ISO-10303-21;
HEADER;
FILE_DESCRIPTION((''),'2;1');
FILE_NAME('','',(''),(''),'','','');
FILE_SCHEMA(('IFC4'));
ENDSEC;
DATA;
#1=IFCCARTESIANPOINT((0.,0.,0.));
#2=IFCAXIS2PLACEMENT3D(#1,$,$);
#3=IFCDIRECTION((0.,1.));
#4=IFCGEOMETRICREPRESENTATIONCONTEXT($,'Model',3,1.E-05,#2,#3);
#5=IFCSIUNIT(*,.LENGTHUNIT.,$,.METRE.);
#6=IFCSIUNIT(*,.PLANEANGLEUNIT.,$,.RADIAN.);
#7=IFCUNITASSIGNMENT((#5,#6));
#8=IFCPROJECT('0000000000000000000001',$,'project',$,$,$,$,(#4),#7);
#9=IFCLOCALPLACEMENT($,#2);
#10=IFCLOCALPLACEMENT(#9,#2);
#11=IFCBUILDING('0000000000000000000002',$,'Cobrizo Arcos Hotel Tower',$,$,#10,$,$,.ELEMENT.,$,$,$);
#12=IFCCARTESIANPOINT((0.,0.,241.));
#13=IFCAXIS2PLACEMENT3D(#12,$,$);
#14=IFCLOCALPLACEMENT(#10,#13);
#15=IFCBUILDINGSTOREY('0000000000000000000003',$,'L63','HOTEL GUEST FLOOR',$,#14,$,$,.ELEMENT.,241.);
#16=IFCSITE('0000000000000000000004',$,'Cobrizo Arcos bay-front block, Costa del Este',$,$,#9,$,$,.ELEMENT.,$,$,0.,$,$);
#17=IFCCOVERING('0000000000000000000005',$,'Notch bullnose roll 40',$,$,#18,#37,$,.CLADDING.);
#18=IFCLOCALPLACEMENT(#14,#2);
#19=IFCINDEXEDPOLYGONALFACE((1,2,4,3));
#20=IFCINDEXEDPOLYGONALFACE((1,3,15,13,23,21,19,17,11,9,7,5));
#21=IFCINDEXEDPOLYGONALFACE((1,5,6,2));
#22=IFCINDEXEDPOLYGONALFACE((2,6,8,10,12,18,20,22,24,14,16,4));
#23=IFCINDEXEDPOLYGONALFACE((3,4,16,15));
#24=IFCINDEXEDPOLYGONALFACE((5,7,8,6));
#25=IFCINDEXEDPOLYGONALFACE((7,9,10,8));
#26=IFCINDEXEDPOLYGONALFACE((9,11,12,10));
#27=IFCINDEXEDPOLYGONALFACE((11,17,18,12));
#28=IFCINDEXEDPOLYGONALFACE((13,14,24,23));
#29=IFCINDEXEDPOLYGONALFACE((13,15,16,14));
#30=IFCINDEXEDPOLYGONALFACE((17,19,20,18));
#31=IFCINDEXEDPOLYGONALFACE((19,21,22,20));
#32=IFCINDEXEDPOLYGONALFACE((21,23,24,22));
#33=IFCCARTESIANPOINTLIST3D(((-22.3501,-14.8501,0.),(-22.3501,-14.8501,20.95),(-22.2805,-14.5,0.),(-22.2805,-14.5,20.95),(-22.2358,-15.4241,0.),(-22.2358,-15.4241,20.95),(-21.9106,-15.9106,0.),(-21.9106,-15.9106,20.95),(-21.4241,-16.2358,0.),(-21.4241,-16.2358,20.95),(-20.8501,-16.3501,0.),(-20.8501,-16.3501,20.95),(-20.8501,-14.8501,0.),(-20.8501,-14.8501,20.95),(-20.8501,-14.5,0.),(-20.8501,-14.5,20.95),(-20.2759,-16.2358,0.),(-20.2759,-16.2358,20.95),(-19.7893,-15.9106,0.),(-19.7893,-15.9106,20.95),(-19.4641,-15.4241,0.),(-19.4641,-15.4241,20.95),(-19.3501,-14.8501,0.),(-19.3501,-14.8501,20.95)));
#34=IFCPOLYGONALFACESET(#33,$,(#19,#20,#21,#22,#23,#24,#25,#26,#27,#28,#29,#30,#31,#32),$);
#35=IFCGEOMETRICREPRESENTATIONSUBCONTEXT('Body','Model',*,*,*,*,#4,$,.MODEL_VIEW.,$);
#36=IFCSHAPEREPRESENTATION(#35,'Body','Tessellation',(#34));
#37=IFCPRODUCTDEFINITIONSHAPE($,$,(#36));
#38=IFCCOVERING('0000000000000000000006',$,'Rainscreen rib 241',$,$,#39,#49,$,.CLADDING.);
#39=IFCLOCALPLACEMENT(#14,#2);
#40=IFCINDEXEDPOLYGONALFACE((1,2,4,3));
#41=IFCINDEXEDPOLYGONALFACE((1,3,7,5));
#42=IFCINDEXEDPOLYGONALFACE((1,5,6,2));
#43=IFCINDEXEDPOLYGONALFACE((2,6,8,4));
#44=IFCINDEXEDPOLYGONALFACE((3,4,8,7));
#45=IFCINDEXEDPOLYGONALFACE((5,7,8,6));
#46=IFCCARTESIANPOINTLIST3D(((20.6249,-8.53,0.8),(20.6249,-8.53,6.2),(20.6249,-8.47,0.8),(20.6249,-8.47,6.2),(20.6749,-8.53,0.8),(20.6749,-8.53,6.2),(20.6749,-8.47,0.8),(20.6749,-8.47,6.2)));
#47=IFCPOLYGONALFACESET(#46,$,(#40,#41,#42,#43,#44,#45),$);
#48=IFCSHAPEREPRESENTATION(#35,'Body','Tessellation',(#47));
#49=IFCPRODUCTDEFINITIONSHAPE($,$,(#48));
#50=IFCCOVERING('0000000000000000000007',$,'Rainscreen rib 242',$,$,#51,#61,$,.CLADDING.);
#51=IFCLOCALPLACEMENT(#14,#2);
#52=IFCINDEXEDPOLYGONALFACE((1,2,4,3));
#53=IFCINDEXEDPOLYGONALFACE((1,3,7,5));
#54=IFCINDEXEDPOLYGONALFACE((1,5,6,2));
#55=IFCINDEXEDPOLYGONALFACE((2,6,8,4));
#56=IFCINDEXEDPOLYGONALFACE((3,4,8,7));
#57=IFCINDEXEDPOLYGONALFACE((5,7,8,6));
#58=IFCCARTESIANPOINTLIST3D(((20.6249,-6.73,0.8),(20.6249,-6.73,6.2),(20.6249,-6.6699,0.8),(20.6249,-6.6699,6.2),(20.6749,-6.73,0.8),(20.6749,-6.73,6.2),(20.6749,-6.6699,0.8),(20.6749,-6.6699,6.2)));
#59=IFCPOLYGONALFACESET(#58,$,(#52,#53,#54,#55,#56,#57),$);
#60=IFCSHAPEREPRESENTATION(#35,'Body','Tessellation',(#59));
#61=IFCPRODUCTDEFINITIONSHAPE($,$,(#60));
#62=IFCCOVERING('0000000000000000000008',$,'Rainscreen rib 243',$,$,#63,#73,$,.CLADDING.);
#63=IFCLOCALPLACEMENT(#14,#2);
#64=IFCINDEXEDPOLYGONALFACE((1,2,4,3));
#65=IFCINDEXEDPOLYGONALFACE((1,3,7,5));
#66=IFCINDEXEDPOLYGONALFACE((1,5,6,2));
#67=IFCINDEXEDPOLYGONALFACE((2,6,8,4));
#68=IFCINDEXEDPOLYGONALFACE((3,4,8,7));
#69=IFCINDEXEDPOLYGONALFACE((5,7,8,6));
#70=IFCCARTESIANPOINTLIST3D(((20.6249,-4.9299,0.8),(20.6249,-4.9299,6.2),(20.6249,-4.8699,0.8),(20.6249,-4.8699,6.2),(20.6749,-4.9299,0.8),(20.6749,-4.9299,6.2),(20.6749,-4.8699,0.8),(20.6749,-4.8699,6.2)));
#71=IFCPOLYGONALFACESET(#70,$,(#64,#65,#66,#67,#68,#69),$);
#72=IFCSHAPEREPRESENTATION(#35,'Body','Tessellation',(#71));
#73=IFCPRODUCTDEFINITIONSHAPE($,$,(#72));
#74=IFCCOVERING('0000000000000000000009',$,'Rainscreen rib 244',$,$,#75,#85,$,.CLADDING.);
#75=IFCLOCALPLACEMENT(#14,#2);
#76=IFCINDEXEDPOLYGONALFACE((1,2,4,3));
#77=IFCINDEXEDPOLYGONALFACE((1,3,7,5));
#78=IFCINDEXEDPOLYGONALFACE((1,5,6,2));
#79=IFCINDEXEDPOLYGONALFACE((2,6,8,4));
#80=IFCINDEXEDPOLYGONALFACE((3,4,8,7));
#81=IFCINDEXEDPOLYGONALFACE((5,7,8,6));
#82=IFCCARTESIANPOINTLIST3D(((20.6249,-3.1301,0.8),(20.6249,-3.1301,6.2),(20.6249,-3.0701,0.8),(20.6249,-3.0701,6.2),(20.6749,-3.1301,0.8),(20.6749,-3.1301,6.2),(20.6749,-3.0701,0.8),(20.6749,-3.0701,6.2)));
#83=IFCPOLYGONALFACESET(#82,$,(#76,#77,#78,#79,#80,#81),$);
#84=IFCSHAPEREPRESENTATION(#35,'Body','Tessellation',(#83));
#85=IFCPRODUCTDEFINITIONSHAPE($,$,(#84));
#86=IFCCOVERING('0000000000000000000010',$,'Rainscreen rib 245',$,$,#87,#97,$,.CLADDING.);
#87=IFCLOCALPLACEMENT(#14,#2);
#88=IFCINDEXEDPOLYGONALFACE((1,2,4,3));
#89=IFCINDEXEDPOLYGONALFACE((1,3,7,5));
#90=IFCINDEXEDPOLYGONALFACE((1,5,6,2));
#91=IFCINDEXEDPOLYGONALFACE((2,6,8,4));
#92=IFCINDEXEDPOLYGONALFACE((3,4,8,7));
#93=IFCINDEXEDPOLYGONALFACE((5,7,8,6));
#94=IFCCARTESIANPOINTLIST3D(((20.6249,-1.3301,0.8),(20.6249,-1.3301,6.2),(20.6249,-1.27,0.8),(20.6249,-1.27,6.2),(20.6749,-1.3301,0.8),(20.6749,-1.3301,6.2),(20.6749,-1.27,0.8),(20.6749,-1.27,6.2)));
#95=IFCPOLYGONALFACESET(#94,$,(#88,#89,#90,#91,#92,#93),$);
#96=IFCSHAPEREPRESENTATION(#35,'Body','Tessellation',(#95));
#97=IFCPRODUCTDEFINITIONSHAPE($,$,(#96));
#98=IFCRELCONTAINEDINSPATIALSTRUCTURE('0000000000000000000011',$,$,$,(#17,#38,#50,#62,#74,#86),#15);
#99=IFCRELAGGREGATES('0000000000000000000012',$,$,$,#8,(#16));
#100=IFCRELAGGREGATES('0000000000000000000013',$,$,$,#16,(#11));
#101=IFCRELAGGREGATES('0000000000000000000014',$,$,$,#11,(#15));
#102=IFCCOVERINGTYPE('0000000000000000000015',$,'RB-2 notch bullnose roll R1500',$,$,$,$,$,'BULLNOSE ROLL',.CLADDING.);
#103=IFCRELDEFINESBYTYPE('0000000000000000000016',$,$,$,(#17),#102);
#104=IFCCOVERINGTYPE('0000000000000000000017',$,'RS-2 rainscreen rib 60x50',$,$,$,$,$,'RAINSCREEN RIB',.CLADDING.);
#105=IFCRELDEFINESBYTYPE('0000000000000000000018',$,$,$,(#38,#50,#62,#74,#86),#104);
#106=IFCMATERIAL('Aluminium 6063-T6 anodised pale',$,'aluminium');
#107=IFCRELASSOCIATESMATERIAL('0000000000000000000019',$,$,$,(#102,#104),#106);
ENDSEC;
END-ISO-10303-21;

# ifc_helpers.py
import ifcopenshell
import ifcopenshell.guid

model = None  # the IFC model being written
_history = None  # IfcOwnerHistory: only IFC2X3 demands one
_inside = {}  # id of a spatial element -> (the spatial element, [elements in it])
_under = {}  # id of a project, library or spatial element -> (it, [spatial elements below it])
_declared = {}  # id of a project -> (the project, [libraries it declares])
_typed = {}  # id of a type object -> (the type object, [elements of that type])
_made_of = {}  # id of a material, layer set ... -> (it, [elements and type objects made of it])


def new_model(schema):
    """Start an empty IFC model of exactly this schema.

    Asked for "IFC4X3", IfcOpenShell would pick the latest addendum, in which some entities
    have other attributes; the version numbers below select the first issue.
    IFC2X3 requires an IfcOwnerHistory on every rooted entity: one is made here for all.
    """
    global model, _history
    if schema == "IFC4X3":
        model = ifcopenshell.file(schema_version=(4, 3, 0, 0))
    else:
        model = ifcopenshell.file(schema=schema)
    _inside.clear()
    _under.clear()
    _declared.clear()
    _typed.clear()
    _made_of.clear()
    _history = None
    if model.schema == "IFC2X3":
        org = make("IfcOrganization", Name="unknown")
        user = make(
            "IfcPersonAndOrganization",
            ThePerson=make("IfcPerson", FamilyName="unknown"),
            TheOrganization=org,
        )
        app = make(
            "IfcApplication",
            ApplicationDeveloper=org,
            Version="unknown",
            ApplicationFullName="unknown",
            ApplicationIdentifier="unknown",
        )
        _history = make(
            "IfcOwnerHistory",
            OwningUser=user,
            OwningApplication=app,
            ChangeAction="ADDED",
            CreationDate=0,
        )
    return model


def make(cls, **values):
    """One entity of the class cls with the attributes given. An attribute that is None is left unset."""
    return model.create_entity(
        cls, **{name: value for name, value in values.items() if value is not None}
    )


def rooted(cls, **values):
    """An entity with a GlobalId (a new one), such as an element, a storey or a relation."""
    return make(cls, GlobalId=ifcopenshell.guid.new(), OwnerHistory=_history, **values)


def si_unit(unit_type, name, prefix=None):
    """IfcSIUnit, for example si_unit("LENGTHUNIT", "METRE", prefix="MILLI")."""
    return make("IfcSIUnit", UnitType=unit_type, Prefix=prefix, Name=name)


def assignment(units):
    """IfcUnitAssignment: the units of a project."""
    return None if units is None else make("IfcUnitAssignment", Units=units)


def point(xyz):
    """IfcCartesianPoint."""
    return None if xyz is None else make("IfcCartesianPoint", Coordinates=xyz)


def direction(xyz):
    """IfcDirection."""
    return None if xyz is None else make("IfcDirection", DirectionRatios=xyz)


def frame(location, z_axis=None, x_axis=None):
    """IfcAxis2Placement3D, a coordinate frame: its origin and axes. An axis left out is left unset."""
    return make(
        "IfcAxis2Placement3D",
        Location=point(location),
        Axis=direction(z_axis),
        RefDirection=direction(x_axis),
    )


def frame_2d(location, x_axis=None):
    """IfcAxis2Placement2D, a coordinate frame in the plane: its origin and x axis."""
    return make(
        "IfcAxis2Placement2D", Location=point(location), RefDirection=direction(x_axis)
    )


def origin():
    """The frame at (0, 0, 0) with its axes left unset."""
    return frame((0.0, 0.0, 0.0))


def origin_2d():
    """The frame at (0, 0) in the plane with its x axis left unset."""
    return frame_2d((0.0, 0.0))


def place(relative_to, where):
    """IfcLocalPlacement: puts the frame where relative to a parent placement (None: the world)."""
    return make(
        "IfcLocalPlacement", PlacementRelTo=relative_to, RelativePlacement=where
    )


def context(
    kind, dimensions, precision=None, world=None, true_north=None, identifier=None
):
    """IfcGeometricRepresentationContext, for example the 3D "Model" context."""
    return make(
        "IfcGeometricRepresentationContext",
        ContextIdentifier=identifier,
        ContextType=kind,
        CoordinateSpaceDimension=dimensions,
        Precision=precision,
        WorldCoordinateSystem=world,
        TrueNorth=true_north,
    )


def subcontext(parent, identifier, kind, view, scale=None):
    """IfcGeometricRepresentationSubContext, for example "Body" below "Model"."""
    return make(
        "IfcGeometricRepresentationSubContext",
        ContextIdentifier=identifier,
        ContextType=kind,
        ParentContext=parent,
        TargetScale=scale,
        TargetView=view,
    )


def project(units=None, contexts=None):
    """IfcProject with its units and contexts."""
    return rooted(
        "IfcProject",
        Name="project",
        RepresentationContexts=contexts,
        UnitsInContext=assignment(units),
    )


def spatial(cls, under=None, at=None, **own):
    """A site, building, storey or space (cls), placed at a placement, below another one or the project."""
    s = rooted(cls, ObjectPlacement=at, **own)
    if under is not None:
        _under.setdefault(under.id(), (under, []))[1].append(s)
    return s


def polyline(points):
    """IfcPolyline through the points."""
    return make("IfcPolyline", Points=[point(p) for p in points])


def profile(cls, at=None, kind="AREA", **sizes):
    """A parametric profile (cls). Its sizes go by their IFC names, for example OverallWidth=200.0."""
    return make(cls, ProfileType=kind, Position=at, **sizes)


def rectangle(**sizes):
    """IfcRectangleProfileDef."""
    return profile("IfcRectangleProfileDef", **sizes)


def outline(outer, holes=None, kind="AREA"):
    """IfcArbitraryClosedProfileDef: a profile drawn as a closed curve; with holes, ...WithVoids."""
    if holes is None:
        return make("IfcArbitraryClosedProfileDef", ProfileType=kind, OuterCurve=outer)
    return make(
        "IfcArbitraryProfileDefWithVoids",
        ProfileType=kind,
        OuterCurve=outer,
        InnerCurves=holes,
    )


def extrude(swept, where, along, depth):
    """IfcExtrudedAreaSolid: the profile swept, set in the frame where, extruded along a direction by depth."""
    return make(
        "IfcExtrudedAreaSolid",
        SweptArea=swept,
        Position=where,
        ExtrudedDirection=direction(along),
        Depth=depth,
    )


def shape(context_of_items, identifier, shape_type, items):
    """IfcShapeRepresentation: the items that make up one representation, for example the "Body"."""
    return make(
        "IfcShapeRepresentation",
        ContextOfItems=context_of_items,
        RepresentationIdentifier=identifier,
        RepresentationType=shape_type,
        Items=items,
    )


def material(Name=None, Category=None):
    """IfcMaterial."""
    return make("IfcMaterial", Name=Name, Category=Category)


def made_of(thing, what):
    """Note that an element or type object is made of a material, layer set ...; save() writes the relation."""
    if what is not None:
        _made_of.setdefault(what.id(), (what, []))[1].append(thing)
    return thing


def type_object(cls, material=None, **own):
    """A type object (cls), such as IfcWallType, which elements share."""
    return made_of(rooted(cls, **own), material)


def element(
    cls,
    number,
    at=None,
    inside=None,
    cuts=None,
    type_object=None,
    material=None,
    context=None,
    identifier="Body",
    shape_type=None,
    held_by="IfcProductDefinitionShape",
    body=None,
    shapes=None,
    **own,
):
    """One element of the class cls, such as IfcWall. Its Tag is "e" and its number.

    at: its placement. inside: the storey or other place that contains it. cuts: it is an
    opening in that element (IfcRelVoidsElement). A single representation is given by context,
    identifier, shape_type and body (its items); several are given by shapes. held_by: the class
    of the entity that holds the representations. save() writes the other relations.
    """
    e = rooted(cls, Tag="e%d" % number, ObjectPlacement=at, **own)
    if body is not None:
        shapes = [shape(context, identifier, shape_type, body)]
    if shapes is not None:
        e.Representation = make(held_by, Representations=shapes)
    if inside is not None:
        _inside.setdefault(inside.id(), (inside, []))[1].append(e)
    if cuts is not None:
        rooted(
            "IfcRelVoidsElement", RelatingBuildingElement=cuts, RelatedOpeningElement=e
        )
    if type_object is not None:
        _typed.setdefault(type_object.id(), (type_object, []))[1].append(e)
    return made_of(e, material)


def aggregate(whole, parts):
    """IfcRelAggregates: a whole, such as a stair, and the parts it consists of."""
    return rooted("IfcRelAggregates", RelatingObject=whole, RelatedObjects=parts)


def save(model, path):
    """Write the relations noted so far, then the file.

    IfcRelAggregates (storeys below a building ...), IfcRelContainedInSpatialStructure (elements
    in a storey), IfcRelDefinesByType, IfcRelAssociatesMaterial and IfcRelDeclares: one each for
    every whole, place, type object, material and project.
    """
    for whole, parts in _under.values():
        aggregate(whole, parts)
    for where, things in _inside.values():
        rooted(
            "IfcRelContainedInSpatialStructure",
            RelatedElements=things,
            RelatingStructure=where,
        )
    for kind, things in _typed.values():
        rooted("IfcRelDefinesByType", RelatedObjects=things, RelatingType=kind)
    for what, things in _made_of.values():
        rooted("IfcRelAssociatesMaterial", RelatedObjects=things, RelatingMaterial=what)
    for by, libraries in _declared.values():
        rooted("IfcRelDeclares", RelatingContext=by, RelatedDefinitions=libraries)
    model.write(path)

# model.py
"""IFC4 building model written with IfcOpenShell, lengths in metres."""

from ifc_helpers import new_model, si_unit, direction, frame, origin, origin_2d, place, context, subcontext, project, spatial, polyline, rectangle, outline, extrude, material, type_object, element, save


model = new_model("IFC4")

# Units and contexts
model_context = context("Model", 3, precision=1e-05, world=origin(), true_north=direction((0.0, 1.0)))
body_context = subcontext(model_context, "Body", "Model", "MODEL_VIEW")
ifc_project = project(units=[si_unit("LENGTHUNIT", "METRE"), si_unit("PLANEANGLEUNIT", "RADIAN")], contexts=[model_context])

# Site, building, storey
site_placement = place(None, origin())
site = spatial("IfcSite", under=ifc_project, at=site_placement, Name="Cobrizo Arcos bay-front block, Costa del Este", CompositionType="ELEMENT", RefElevation=0.0)
building_placement = place(site_placement, origin())
building = spatial("IfcBuilding", under=site, at=building_placement, Name="Cobrizo Arcos Hotel Tower", CompositionType="ELEMENT")
storey_placement = place(building_placement, frame((0.0, 0.0, 241.0)))
storey = spatial("IfcBuildingStorey", under=building, at=storey_placement, Name="L63", Description="HOTEL GUEST FLOOR", CompositionType="ELEMENT", Elevation=241.0)

# Coverings
ifc_material_1 = material(Name="Aluminium 6063-T6 anodised pale", Category="aluminium")
covering_type_1 = type_object("IfcCoveringType", Name="RB-2 notch bullnose roll R1500", ElementType="BULLNOSE ROLL", PredefinedType="CLADDING", material=ifc_material_1)
covering_1_placement = place(storey_placement, origin())
element("IfcCovering", 1, at=covering_1_placement, inside=storey, type_object=covering_type_1, Name="Notch bullnose roll 40", PredefinedType="CLADDING", context=body_context, shape_type="SweptSolid", body=[
    extrude(outline(polyline([(-19.7893, -15.9106), (-19.4641, -15.4241), (-19.3501, -14.8501), (-20.8501, -14.8501), (-20.8501, -14.5), (-22.2805, -14.5), (-22.3501, -14.8501), (-22.2358, -15.4241), (-21.9106, -15.9106), (-21.4241, -16.2358), (-20.8501, -16.3501), (-20.2759, -16.2358), (-19.7893, -15.9106)])), origin(), (0.0, 0.0, 1.0), 20.95),
])
covering_type_2 = type_object("IfcCoveringType", Name="RS-2 rainscreen rib 60x50", ElementType="RAINSCREEN RIB", PredefinedType="CLADDING", material=ifc_material_1)
for number, where, z_axis, x_axis, name in (
    (2, (20.6499, -8.5, 0.8), (0.0, 0.0, 1.0), (0.0, 1.0, 0.0), "Rainscreen rib 241"),
    (3, (20.6499, -6.7, 0.8), (0.0, 0.0, 1.0), (0.0, 1.0, 0.0), "Rainscreen rib 242"),
    (4, (20.6499, -4.8999, 0.8), (0.0, 0.0, 1.0), (0.0, 1.0, 0.0), "Rainscreen rib 243"),
    (5, (20.6499, -3.1001, 0.8), (0.0, 0.0, 1.0), (0.0, 1.0, 0.0), "Rainscreen rib 244"),
    (6, (20.6499, -1.3, 0.8), (0.0, 0.0, 1.0), (0.0, 1.0, 0.0), "Rainscreen rib 245"),
):
    element("IfcCovering", number, at=place(storey_placement, frame(where, z_axis=z_axis, x_axis=x_axis)), inside=storey, type_object=covering_type_2, Name=name, PredefinedType="CLADDING", context=body_context, shape_type="SweptSolid", body=[
        extrude(rectangle(XDim=0.0601, YDim=0.05, at=origin_2d()), origin(), (0.0, 0.0, 1.0), 5.3999),
    ])

save(model, "model.ifc")
